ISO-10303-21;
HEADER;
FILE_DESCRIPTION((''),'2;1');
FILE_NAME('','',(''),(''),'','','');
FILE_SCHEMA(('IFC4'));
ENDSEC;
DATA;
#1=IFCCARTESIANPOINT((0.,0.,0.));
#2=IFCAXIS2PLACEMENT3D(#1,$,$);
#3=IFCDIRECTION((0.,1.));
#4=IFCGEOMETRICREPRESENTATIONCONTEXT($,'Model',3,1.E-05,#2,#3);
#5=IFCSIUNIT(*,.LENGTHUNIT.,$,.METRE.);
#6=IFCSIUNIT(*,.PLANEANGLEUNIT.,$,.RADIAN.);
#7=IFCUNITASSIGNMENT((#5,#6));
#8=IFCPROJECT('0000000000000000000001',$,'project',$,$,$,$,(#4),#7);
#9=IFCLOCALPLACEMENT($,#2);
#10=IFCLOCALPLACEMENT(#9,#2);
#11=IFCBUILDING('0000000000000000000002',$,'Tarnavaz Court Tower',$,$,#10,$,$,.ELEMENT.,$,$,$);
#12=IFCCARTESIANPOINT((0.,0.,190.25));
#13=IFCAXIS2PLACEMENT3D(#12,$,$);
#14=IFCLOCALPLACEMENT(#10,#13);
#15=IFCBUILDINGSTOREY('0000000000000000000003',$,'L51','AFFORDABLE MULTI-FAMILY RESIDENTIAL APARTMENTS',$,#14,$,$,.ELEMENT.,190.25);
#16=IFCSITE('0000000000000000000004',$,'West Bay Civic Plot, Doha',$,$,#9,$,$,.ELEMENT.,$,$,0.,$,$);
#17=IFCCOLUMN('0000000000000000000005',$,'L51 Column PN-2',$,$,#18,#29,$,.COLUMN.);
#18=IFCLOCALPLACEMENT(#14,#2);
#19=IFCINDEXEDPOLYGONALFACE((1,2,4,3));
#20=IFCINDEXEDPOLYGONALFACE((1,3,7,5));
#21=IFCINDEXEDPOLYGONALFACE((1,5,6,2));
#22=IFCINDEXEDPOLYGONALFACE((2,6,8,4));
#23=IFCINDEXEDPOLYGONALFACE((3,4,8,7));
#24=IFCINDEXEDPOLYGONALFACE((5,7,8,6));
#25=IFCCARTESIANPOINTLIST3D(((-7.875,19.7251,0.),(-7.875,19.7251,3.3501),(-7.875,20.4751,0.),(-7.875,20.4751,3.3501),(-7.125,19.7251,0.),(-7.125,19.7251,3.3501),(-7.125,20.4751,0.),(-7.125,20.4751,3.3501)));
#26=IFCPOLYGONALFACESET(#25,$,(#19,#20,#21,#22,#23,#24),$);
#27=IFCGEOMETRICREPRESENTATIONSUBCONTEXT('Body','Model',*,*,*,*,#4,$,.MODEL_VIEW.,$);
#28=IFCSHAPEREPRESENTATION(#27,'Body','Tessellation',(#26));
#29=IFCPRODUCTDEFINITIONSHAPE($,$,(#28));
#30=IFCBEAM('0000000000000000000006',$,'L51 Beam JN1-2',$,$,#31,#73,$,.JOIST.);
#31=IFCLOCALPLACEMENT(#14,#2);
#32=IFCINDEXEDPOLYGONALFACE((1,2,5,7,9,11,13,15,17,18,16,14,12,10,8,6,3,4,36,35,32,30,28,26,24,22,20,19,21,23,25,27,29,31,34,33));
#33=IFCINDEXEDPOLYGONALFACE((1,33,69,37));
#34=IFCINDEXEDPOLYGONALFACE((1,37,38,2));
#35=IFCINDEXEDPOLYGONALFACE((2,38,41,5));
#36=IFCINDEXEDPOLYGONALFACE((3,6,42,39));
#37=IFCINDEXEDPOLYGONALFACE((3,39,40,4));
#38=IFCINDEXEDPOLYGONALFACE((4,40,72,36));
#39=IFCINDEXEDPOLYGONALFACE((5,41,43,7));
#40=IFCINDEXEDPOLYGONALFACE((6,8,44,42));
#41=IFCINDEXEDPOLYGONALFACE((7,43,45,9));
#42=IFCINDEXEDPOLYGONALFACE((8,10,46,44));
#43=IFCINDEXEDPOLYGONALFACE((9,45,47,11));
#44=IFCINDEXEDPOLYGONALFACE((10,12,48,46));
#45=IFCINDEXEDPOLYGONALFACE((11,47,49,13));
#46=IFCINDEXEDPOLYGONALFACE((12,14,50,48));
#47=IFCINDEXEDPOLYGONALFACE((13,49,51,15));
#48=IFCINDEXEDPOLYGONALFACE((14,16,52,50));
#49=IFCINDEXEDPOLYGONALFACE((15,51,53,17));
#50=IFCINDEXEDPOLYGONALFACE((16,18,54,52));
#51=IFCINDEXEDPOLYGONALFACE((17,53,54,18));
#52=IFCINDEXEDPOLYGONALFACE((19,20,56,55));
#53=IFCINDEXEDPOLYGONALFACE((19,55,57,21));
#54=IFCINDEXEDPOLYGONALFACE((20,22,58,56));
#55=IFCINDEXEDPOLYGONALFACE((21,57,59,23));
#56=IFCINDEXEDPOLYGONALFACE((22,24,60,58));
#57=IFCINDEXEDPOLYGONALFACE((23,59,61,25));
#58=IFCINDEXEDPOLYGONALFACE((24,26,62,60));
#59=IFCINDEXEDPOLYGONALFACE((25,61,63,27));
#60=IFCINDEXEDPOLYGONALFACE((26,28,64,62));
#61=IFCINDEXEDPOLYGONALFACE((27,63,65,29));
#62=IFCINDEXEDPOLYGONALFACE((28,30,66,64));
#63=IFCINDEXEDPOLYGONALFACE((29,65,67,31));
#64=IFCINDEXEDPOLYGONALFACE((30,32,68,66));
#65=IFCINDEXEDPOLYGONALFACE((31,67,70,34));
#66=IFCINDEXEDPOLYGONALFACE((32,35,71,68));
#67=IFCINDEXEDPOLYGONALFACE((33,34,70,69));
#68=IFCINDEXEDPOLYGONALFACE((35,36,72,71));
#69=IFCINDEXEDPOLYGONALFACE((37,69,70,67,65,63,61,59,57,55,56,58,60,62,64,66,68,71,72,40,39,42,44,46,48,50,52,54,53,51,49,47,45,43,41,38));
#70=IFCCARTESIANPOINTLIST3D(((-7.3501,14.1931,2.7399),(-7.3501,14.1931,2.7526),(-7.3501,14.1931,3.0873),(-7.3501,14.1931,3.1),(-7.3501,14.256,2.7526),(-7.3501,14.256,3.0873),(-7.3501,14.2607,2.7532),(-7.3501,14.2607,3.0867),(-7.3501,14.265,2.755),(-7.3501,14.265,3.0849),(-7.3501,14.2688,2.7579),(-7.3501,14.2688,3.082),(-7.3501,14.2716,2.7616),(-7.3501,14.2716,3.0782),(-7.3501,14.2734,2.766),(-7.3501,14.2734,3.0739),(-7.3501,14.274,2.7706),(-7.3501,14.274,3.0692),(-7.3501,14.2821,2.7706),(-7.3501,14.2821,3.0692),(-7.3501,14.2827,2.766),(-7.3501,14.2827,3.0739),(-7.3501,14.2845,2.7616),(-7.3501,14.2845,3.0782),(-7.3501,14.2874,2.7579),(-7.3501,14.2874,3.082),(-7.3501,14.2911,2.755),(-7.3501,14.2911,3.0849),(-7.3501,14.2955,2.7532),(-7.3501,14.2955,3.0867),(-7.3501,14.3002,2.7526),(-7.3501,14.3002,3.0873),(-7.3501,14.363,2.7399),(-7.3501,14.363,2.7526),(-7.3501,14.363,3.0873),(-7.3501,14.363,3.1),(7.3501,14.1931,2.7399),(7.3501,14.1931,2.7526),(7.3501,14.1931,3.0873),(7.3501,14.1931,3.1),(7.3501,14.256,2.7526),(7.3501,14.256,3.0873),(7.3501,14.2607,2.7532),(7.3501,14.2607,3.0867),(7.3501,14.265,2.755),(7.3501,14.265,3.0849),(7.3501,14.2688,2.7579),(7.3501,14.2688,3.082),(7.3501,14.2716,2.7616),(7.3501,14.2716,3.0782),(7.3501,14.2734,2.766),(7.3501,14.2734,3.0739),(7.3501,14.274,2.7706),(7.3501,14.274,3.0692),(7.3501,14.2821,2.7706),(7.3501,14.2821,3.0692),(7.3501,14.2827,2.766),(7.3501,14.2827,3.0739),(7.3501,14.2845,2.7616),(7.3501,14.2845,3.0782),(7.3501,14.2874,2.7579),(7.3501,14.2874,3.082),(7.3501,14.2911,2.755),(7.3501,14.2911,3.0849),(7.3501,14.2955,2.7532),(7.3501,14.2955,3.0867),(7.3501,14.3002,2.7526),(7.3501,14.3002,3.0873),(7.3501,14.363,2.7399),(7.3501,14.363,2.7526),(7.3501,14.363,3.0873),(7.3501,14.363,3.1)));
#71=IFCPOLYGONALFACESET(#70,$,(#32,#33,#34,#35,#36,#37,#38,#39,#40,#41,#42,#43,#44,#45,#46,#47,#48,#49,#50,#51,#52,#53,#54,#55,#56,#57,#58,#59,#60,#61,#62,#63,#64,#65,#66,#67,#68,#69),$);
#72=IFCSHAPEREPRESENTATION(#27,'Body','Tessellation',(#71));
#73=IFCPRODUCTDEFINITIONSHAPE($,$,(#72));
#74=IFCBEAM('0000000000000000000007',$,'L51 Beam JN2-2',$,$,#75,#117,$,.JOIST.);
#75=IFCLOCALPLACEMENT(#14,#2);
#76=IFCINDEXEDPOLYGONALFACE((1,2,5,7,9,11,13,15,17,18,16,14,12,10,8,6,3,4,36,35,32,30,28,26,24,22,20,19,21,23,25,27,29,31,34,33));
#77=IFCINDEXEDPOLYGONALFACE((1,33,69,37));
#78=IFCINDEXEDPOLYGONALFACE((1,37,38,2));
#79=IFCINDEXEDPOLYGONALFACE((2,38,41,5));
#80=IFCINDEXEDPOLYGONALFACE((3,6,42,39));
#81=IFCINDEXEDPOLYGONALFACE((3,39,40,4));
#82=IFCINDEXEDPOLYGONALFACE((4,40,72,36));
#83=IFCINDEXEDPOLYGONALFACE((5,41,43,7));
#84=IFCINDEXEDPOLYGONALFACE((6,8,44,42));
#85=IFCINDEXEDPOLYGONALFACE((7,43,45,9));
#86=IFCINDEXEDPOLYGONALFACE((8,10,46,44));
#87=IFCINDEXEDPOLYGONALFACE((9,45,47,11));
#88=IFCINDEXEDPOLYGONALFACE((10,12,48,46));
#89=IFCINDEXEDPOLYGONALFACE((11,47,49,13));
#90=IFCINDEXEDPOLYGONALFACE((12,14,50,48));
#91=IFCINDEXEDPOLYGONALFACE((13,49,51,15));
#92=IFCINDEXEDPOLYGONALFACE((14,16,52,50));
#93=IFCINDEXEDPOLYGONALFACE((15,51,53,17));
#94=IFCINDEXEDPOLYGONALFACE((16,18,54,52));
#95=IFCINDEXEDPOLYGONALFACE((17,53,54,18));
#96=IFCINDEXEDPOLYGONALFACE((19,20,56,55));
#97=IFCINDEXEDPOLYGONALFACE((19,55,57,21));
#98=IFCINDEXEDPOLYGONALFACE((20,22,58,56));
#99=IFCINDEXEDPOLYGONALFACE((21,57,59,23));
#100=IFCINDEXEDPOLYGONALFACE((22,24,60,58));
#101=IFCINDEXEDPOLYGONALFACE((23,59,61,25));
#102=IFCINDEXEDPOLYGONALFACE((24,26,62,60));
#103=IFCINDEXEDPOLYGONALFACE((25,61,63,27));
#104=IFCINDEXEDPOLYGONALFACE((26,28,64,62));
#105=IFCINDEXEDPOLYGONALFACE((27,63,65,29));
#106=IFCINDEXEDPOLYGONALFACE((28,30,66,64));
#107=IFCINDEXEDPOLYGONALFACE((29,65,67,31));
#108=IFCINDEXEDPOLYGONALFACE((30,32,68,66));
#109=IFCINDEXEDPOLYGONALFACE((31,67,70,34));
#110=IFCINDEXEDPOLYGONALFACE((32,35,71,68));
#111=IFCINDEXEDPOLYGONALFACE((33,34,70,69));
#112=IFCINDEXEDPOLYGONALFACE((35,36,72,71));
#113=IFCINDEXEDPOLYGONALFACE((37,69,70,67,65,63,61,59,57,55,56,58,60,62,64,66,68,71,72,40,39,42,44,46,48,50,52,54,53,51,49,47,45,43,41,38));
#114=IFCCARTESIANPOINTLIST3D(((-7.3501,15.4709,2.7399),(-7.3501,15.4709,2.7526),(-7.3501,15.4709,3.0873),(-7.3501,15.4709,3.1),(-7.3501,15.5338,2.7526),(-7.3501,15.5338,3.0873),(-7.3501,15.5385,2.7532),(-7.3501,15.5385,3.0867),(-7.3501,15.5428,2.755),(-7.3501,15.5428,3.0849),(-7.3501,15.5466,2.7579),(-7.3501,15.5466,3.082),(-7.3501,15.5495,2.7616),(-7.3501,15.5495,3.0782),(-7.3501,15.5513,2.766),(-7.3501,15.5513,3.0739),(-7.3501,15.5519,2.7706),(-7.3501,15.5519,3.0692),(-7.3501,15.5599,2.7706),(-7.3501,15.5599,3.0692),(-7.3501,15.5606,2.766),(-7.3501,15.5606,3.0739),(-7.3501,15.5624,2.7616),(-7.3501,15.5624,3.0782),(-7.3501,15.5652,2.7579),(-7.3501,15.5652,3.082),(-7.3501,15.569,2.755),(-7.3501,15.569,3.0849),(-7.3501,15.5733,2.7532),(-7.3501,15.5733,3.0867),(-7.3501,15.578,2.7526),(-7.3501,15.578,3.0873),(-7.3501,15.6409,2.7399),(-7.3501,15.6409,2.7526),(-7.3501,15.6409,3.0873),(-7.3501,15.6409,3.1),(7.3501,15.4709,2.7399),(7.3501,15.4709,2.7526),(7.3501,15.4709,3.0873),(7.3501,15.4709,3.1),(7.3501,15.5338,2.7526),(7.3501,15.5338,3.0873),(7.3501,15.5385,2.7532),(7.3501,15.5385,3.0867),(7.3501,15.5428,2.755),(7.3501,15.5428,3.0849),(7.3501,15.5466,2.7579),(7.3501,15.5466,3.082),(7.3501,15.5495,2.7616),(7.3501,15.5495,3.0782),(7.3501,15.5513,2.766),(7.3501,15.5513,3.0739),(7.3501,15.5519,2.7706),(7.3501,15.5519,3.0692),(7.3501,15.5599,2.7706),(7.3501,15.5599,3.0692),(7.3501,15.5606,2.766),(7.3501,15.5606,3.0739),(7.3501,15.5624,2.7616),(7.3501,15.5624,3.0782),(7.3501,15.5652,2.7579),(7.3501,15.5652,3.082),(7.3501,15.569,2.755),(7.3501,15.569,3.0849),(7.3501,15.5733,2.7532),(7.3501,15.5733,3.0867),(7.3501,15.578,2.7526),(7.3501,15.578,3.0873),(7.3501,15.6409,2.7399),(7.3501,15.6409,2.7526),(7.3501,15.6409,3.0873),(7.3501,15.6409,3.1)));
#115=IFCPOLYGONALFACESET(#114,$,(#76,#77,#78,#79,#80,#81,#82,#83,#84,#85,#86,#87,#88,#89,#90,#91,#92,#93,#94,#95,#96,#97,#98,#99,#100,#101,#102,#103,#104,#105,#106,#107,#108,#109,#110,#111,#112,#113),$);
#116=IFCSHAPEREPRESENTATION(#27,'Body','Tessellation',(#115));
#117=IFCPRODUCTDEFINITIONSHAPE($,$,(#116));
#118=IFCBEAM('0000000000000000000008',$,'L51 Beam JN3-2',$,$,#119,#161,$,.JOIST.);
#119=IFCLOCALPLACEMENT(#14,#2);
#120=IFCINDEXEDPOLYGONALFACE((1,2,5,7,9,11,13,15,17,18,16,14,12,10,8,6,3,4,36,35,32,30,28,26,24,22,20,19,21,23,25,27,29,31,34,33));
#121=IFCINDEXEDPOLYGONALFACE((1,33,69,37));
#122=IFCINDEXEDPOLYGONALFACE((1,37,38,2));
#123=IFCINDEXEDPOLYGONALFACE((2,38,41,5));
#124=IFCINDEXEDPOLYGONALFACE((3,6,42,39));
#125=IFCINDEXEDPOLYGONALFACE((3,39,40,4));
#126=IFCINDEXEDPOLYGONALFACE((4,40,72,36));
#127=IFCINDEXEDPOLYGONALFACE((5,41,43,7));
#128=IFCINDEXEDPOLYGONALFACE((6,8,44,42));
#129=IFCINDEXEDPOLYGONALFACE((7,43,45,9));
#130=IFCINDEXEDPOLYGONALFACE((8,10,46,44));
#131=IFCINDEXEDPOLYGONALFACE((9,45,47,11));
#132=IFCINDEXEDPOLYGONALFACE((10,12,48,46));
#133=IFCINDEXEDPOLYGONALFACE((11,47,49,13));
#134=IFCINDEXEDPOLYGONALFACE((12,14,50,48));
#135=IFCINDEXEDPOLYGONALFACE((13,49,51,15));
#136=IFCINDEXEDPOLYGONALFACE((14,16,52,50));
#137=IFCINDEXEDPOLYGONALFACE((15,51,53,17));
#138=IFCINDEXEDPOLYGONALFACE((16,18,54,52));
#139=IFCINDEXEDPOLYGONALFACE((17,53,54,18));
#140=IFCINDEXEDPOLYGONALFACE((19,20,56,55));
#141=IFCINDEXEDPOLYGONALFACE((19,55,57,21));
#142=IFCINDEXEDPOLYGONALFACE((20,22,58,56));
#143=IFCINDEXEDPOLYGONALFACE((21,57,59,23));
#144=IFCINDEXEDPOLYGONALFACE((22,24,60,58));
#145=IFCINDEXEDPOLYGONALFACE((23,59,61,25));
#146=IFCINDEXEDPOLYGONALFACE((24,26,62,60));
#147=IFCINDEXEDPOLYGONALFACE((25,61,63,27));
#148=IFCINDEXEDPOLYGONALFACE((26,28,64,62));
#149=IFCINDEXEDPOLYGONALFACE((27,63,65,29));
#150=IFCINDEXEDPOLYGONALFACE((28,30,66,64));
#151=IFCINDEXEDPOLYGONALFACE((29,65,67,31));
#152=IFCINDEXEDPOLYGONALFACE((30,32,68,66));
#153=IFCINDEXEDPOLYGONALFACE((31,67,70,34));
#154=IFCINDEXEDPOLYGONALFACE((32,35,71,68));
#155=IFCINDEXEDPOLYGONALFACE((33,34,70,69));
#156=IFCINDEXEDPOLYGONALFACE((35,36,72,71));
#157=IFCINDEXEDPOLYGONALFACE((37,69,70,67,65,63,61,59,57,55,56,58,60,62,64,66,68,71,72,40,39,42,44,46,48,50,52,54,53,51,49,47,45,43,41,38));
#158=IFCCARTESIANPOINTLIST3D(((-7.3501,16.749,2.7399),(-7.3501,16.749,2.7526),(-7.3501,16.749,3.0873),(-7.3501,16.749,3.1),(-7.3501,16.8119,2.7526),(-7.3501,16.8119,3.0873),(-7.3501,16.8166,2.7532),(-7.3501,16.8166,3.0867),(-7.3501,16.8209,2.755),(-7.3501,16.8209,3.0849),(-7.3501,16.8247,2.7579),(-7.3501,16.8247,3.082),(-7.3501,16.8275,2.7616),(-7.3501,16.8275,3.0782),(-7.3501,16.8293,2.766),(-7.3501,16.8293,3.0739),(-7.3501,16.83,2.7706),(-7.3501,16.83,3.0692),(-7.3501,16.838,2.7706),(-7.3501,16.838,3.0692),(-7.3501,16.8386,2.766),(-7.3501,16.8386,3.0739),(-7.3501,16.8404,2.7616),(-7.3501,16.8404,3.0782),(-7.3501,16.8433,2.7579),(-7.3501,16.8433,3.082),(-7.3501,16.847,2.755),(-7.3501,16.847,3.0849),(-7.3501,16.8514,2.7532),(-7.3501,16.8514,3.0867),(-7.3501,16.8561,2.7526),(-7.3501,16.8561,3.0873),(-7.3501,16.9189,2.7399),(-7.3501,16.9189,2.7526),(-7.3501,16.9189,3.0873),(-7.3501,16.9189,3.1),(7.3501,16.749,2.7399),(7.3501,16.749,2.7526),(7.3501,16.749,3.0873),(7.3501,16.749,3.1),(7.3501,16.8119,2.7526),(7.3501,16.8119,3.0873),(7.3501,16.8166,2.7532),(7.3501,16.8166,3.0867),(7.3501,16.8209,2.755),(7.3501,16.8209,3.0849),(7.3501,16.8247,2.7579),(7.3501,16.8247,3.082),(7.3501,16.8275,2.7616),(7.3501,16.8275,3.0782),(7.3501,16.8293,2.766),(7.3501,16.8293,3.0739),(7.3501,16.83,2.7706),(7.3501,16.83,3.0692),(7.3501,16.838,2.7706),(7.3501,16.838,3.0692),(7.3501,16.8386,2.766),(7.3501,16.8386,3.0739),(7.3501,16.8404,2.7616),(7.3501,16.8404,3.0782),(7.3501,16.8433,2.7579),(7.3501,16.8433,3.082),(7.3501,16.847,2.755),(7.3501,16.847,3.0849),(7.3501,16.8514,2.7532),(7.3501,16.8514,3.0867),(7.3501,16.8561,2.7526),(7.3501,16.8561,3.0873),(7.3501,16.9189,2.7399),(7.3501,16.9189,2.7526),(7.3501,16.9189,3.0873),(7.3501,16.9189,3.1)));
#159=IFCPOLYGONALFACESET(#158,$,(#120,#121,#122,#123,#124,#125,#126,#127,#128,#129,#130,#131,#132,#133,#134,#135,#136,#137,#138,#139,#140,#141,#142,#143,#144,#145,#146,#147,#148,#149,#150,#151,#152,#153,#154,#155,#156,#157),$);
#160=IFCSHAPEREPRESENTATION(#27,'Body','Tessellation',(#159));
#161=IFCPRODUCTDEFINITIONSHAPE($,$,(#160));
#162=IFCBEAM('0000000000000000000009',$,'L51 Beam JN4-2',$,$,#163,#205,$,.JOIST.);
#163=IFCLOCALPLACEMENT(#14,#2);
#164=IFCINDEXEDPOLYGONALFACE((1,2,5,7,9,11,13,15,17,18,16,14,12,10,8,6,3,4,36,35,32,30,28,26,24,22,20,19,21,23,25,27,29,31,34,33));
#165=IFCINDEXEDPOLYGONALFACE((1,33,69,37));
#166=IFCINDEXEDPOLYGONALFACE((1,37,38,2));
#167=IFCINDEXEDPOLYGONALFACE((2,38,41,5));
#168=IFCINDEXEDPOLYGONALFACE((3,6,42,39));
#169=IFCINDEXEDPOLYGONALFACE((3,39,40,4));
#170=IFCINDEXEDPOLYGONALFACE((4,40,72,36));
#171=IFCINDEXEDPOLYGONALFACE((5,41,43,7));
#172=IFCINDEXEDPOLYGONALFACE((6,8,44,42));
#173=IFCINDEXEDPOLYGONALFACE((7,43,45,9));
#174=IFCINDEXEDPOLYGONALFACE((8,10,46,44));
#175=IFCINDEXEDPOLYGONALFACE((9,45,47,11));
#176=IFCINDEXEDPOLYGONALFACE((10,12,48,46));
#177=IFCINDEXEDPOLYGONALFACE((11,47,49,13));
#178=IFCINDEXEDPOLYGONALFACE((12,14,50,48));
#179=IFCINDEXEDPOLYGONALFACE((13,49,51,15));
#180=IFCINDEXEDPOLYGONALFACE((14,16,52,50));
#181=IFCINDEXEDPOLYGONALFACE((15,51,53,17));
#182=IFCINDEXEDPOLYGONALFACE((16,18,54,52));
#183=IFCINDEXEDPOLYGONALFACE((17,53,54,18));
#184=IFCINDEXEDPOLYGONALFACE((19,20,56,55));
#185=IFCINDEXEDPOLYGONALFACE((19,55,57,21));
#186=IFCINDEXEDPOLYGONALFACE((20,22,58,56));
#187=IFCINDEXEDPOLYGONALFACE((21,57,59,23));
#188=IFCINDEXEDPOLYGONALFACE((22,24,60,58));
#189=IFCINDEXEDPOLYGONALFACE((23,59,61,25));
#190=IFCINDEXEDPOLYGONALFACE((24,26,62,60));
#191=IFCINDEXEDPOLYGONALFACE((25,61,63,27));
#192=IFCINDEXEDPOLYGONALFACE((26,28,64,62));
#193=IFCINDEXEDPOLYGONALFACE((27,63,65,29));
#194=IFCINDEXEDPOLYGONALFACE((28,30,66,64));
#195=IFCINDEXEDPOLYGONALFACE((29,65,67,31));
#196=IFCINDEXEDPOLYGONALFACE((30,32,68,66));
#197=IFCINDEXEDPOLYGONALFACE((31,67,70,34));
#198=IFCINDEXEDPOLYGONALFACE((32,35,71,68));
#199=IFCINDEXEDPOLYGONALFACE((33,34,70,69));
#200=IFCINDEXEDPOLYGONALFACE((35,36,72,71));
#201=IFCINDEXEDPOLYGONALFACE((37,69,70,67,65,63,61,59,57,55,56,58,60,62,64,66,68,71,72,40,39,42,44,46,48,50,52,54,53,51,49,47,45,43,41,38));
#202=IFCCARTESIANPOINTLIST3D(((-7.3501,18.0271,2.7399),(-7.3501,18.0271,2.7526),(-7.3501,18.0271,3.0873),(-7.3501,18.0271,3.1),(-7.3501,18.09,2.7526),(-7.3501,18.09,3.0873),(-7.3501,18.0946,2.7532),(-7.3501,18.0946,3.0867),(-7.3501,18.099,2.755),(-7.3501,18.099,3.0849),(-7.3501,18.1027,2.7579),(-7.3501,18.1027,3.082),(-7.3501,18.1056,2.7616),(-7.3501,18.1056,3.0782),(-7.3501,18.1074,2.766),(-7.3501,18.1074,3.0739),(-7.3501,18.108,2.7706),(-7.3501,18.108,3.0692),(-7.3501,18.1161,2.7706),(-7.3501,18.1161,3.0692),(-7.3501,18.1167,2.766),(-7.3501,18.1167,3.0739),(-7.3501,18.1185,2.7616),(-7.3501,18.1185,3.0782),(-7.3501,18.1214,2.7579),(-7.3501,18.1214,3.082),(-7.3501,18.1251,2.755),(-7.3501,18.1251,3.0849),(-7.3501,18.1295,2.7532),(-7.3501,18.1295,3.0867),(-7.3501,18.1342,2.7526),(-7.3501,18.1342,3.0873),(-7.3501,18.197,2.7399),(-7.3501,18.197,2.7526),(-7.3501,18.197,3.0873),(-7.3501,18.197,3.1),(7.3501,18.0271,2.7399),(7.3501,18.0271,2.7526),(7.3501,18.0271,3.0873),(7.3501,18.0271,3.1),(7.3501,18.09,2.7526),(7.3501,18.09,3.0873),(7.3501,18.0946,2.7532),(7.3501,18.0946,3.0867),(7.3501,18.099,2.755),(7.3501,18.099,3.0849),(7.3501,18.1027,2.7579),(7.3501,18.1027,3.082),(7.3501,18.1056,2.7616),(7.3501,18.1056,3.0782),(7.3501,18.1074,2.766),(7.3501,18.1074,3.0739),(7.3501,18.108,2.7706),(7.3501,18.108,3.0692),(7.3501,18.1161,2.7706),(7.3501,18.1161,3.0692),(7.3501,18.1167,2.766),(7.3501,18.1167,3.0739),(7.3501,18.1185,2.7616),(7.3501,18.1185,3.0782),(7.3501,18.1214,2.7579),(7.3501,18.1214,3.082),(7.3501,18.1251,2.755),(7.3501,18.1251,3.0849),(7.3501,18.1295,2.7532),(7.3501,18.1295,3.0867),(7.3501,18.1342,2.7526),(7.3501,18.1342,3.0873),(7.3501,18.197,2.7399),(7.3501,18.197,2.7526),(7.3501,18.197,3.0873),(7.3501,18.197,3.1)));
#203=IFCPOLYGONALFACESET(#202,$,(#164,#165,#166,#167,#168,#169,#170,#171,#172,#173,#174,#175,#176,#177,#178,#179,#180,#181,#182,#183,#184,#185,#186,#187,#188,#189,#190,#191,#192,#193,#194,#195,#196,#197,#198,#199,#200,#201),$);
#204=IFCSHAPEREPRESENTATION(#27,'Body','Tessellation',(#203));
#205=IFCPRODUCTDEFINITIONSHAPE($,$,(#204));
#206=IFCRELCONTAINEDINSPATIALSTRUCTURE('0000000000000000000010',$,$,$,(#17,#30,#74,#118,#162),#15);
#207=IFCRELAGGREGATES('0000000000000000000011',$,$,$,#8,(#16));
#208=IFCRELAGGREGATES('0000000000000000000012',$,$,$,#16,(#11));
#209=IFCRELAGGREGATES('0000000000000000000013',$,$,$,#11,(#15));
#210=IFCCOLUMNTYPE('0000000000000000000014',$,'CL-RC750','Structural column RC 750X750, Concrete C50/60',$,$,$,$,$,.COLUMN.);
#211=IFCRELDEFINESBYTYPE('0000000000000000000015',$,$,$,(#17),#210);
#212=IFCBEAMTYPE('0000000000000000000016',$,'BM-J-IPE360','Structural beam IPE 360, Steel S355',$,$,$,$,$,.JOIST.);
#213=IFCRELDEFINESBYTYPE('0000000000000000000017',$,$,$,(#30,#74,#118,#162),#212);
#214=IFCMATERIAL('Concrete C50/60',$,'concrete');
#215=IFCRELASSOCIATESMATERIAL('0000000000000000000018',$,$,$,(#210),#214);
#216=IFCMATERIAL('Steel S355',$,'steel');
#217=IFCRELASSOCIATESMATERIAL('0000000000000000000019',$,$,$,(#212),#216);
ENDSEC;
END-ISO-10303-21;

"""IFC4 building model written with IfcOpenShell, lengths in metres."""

from ifc_helpers import new_model, si_unit, direction, frame, origin, origin_2d, place, context, subcontext, project, spatial, rectangle, i_section, extrude, material, material_profile, profile_set, type_object, element, save


model = new_model("IFC4")

# Units and contexts
model_context = context("Model", 3, precision=1e-05, world=origin(), true_north=direction((0.0, 1.0)))
body_context = subcontext(model_context, "Body", "Model", "MODEL_VIEW")
ifc_project = project(units=[si_unit("LENGTHUNIT", "METRE"), si_unit("PLANEANGLEUNIT", "RADIAN")], contexts=[model_context])

# Site, building, storey
site_placement = place(None, origin())
site = spatial("IfcSite", under=ifc_project, at=site_placement, Name="West Bay Civic Plot, Doha", CompositionType="ELEMENT", RefElevation=0.0)
building_placement = place(site_placement, origin())
building = spatial("IfcBuilding", under=site, at=building_placement, Name="Tarnavaz Court Tower", CompositionType="ELEMENT")
storey_placement = place(building_placement, frame((0.0, 0.0, 190.25)))
storey = spatial("IfcBuildingStorey", under=building, at=storey_placement, Name="L51", Description="AFFORDABLE MULTI-FAMILY RESIDENTIAL APARTMENTS", CompositionType="ELEMENT", Elevation=190.25)

# Column
ifc_material_1 = material(Name="Concrete C50/60", Category="concrete")
ifc_material_profile_1 = material_profile(ifc_material_1, rectangle(XDim=0.75, YDim=0.75, at=origin_2d()), Name="RC 750X750")
ifc_profile_set_1 = profile_set([ifc_material_profile_1], Name="Concrete C50/60")
column_type = type_object("IfcColumnType", Name="CL-RC750", Description="Structural column RC 750X750, Concrete C50/60", PredefinedType="COLUMN", material=ifc_profile_set_1)
column_placement = place(storey_placement, frame((-7.5, 20.1001, 0.0), z_axis=(0.0, 0.0, 1.0), x_axis=(1.0, 0.0, 0.0)))
element("IfcColumn", 1, at=column_placement, inside=storey, type_object=column_type, Name="L51 Column PN-2", PredefinedType="COLUMN", context=body_context, shape_type="SweptSolid", body=[
    extrude(rectangle(XDim=0.75, YDim=0.75, at=origin_2d()), origin(), (0.0, 0.0, 1.0), 3.3501),
])

# Beams
ifc_material_2 = material(Name="Steel S355", Category="steel")
ifc_material_profile_2 = material_profile(ifc_material_2, i_section(OverallWidth=0.1699, OverallDepth=0.3601, WebThickness=0.0081, FlangeThickness=0.0127, FilletRadius=0.0181, at=origin_2d()), Name="IPE 360")
ifc_profile_set_2 = profile_set([ifc_material_profile_2], Name="Steel S355")
beam_type_1 = type_object("IfcBeamType", Name="BM-J-IPE360", Description="Structural beam IPE 360, Steel S355", PredefinedType="JOIST", material=ifc_profile_set_2)
for number, where, z_axis, x_axis, name in (
    (2, (-7.3501, 14.2781, 2.9199), (1.0, 0.0, 0.0), (0.0, 1.0, 0.0), "L51 Beam JN1-2"),
    (3, (-7.3501, 15.5559, 2.9199), (1.0, 0.0, 0.0), (0.0, 1.0, 0.0), "L51 Beam JN2-2"),
    (4, (-7.3501, 16.834, 2.9199), (1.0, 0.0, 0.0), (0.0, 1.0, 0.0), "L51 Beam JN3-2"),
    (5, (-7.3501, 18.1121, 2.9199), (1.0, 0.0, 0.0), (0.0, 1.0, 0.0), "L51 Beam JN4-2"),
):
    element("IfcBeam", number, at=place(storey_placement, frame(where, z_axis=z_axis, x_axis=x_axis)), inside=storey, type_object=beam_type_1, Name=name, PredefinedType="JOIST", context=body_context, shape_type="SweptSolid", body=[
        extrude(i_section(OverallWidth=0.1699, OverallDepth=0.3601, WebThickness=0.0081, FlangeThickness=0.0127, FilletRadius=0.0181, at=origin_2d()), origin(), (0.0, 0.0, 1.0), 14.7002),
    ])

save(model, "model.ifc")
